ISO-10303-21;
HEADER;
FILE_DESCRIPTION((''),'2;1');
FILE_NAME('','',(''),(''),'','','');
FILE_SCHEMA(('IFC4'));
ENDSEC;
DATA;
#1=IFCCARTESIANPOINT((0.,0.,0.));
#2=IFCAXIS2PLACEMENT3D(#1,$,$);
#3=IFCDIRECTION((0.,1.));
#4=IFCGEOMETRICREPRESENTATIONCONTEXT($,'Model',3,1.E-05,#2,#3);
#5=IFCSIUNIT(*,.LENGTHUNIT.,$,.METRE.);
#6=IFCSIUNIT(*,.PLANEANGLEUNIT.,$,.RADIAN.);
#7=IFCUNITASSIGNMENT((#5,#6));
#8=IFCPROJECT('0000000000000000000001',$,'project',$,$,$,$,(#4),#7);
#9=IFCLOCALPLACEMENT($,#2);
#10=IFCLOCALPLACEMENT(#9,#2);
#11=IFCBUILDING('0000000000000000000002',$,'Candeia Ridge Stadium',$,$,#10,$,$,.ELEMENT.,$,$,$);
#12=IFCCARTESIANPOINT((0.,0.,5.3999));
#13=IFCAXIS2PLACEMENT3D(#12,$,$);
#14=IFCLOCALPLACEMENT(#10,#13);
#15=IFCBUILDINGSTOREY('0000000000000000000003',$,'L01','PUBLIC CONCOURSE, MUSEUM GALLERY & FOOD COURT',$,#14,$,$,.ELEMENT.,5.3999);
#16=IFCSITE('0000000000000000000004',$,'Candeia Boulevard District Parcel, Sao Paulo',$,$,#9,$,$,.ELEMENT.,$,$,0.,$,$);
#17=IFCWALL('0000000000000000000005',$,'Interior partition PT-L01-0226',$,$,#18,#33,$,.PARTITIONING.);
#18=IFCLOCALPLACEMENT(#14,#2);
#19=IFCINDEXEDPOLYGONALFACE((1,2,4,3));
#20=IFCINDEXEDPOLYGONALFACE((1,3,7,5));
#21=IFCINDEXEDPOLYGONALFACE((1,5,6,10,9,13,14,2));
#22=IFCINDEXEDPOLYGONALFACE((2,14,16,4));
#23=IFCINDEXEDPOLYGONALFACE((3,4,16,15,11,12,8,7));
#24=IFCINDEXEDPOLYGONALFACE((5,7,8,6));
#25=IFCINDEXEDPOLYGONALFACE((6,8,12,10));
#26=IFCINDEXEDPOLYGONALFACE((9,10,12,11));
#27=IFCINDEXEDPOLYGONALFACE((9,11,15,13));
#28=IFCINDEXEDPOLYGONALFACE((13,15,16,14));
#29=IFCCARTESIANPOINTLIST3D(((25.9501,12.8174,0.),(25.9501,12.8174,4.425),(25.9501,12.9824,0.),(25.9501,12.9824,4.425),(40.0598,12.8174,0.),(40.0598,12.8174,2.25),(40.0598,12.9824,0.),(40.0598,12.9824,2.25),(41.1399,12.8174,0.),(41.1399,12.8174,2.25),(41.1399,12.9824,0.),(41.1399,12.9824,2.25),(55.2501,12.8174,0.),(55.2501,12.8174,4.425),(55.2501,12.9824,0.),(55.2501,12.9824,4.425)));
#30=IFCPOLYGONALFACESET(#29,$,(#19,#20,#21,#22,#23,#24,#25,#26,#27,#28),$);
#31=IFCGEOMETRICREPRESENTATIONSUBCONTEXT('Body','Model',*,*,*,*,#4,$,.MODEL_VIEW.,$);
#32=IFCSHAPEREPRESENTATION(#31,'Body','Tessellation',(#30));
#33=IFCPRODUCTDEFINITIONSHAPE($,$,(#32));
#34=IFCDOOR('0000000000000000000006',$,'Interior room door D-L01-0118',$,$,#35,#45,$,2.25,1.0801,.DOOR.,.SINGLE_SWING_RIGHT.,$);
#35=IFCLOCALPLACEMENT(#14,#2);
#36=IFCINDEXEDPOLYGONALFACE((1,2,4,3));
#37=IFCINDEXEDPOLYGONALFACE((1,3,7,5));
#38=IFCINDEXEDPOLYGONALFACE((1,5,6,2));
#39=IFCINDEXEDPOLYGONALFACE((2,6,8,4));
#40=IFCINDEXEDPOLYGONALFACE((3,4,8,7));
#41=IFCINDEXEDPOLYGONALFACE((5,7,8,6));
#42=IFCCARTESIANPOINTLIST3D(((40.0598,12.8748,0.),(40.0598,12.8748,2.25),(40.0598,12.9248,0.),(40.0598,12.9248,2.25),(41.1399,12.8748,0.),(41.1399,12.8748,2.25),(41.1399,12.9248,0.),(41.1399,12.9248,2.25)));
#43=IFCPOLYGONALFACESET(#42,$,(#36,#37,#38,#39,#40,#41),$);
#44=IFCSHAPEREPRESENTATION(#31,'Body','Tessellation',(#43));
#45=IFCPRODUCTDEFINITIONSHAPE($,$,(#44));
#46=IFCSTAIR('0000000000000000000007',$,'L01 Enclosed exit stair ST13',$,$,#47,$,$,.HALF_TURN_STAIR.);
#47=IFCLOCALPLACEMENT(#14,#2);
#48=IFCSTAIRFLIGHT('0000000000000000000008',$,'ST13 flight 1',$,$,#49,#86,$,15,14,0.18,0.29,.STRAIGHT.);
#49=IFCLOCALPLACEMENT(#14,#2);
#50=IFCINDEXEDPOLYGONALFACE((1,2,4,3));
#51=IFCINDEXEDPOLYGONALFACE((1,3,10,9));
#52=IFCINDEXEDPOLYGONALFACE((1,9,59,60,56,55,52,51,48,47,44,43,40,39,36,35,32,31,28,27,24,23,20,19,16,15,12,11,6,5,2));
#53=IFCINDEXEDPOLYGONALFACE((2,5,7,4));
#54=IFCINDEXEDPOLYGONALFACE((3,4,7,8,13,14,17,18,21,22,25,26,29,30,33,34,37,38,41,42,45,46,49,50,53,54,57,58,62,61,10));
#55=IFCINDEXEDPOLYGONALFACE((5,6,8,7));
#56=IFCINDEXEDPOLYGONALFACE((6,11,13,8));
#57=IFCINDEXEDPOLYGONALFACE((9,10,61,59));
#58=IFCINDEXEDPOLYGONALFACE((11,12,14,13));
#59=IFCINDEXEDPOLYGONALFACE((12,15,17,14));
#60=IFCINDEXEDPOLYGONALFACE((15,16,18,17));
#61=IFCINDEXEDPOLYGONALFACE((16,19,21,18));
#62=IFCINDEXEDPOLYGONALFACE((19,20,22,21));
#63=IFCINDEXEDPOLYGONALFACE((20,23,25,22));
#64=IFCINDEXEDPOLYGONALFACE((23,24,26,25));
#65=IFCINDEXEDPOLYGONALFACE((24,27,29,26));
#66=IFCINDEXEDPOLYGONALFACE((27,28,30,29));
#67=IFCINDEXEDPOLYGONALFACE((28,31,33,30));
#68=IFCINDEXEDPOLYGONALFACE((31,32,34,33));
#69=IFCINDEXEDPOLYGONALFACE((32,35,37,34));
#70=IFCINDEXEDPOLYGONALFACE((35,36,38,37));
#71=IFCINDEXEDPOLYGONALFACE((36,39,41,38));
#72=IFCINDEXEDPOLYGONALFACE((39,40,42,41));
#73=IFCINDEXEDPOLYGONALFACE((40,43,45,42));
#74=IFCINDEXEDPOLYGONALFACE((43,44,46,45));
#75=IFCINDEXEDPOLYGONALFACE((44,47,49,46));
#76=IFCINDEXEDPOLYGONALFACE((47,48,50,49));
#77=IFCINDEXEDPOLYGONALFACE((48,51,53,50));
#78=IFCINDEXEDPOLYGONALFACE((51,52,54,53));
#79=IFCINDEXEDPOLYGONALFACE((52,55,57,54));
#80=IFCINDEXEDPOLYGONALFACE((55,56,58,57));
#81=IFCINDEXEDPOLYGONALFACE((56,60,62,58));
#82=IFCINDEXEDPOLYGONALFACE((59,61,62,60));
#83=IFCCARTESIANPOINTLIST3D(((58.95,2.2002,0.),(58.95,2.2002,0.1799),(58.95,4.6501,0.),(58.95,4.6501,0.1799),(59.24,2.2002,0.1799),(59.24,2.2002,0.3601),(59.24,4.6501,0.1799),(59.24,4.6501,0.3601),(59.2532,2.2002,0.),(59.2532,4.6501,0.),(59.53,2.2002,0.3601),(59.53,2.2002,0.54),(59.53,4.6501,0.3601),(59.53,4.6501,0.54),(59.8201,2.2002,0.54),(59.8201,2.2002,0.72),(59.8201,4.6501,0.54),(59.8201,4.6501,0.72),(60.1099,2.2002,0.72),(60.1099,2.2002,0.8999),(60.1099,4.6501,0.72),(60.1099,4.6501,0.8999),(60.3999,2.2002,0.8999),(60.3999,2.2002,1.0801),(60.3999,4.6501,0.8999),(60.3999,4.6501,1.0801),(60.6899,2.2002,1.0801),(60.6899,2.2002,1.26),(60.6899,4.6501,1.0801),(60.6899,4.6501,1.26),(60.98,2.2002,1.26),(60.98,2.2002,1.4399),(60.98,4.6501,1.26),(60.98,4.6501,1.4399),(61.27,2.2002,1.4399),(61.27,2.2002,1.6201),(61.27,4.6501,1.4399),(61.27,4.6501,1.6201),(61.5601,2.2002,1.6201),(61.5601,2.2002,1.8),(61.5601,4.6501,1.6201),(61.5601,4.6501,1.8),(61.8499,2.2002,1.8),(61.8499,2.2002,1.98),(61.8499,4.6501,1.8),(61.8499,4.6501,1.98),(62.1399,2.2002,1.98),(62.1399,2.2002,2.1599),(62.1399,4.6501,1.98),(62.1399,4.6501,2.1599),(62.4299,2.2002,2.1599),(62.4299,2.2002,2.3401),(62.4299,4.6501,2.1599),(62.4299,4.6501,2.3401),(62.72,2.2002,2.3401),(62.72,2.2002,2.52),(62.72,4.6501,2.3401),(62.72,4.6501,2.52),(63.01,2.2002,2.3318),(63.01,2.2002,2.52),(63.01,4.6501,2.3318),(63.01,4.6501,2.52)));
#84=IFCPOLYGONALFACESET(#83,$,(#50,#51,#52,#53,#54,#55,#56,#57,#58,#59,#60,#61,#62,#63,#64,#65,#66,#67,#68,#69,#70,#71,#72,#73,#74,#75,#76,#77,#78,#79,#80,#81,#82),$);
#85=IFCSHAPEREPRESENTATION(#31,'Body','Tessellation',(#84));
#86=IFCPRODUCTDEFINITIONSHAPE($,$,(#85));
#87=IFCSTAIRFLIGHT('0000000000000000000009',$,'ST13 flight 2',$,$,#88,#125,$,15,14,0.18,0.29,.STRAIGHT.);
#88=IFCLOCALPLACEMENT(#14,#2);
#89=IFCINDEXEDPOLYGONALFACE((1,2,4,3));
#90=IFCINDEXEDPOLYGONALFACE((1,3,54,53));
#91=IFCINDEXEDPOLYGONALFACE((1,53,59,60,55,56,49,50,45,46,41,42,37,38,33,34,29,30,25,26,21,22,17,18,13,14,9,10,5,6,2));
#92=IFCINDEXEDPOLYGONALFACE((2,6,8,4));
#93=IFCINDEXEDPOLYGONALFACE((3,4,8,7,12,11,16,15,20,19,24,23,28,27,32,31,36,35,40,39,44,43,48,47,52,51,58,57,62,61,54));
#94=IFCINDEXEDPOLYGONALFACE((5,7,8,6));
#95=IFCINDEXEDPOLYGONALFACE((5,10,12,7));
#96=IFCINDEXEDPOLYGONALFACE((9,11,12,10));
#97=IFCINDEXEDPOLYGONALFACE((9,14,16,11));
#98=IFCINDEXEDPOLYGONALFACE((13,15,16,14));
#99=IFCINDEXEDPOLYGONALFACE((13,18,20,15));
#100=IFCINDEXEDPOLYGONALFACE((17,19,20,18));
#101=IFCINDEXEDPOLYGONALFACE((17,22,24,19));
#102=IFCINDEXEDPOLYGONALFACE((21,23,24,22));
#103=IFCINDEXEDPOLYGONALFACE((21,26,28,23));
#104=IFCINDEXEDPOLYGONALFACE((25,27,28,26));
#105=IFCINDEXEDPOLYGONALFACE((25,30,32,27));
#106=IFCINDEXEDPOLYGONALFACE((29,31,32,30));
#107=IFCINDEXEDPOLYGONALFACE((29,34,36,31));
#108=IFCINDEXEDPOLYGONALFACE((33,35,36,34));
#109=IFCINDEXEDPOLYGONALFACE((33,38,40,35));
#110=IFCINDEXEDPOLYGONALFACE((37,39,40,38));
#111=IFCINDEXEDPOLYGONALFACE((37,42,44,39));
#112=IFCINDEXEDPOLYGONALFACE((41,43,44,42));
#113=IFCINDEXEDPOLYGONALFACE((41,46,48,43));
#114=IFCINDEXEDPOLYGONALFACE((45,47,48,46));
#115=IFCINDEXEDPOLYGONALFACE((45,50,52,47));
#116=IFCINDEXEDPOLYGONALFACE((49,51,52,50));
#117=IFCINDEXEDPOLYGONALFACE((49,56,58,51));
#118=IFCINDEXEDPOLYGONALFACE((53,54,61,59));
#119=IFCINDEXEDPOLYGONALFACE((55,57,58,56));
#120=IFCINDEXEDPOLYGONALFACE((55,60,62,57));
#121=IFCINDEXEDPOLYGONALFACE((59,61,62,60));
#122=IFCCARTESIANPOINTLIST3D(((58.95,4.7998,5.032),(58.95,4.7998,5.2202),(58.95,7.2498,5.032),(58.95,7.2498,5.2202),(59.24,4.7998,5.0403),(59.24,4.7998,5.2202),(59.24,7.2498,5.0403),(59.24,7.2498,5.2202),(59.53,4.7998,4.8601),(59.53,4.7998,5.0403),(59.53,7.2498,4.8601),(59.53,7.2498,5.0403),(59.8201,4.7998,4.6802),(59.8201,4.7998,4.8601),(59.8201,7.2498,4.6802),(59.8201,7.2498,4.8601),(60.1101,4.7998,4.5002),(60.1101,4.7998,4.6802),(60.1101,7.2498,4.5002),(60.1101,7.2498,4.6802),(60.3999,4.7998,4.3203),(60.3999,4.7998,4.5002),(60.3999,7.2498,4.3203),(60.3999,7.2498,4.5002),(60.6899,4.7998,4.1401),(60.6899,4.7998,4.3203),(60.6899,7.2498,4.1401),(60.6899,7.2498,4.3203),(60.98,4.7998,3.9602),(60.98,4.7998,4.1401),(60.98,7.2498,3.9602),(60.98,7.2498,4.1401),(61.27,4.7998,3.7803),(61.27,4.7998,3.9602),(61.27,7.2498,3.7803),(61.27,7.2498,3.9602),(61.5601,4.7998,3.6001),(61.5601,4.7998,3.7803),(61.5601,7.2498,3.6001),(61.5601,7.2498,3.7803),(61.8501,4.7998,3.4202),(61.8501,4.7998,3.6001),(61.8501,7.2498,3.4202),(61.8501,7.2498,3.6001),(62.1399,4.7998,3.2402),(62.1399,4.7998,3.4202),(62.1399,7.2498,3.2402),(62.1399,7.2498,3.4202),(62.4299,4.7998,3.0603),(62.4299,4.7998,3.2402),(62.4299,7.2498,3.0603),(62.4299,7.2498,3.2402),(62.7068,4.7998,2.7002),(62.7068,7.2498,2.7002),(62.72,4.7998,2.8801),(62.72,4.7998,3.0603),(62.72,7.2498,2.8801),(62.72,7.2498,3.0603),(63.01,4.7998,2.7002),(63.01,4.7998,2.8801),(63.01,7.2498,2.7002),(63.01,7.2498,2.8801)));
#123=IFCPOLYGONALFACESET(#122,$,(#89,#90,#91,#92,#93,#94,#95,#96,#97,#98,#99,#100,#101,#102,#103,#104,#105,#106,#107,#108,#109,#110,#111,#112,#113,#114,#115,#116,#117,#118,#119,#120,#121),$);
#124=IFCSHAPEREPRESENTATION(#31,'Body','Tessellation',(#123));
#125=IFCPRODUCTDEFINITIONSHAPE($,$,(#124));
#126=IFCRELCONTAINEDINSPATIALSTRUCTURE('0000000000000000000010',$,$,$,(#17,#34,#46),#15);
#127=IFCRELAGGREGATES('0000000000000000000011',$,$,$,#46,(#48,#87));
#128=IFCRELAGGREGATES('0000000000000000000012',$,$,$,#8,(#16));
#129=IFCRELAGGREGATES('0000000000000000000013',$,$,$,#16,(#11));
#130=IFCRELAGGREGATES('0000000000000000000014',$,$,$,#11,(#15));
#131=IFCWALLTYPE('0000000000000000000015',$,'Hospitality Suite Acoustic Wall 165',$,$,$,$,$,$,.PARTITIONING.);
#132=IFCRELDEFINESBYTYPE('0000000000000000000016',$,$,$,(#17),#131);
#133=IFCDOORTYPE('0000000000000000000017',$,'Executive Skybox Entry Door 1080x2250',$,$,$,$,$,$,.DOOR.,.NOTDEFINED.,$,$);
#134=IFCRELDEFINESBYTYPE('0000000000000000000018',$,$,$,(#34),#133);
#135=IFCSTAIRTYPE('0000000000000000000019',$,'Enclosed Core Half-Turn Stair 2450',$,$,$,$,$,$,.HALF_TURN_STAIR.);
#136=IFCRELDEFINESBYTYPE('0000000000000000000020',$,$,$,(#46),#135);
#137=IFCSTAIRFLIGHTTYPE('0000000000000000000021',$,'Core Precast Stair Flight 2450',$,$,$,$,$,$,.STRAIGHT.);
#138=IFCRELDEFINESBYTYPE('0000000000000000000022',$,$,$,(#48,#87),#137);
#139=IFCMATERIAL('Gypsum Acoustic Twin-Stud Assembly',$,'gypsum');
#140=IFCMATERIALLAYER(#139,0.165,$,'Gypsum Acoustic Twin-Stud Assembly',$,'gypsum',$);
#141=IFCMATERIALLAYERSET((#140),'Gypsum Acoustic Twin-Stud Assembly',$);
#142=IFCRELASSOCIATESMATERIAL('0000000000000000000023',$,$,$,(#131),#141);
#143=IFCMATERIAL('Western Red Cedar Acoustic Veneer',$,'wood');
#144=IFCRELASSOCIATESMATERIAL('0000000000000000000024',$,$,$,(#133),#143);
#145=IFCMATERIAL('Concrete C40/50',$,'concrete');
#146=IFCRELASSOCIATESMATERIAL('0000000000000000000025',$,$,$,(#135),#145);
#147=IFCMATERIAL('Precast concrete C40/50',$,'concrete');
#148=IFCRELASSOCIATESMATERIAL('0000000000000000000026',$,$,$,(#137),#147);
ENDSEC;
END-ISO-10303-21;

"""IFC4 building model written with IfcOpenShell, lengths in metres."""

from ifc_helpers import new_model, si_unit, direction, frame, frame_2d, origin, place, context, subcontext, project, spatial, polyline, rectangle, outline, extrude, material, layer, layer_set, type_object, element, fill, aggregate, save


model = new_model("IFC4")

# Units and contexts
model_context = context("Model", 3, precision=1e-05, world=origin(), true_north=direction((0.0, 1.0)))
body_context = subcontext(model_context, "Body", "Model", "MODEL_VIEW")
ifc_project = project(units=[si_unit("LENGTHUNIT", "METRE"), si_unit("PLANEANGLEUNIT", "RADIAN")], contexts=[model_context])

# Site, building, storey
site_placement = place(None, origin())
site = spatial("IfcSite", under=ifc_project, at=site_placement, Name="Candeia Boulevard District Parcel, Sao Paulo", CompositionType="ELEMENT", RefElevation=0.0)
building_placement = place(site_placement, origin())
building = spatial("IfcBuilding", under=site, at=building_placement, Name="Candeia Ridge Stadium", CompositionType="ELEMENT")
storey_placement = place(building_placement, frame((0.0, 0.0, 5.3999)))
storey = spatial("IfcBuildingStorey", under=building, at=storey_placement, Name="L01", Description="PUBLIC CONCOURSE, MUSEUM GALLERY & FOOD COURT", CompositionType="ELEMENT", Elevation=5.3999)

# Shared definitions
ifc_material_1 = material(Name="Concrete C40/50", Category="concrete")

# Wall, opening, door
ifc_material_2 = material(Name="Gypsum Acoustic Twin-Stud Assembly", Category="gypsum")
ifc_layer_1 = layer(ifc_material_2, 0.165, Name="Gypsum Acoustic Twin-Stud Assembly", Category="gypsum")
ifc_layer_set_1 = layer_set([ifc_layer_1], Name="Gypsum Acoustic Twin-Stud Assembly")
wall_type_1 = type_object("IfcWallType", Name="Hospitality Suite Acoustic Wall 165", PredefinedType="PARTITIONING", material=ifc_layer_set_1)
wall_1_placement = place(storey_placement, frame((55.25, 12.8999, 0.0), z_axis=(0.0, 0.0, 1.0), x_axis=(-1.0, 0.0, 0.0)))
wall_1 = element("IfcWall", 1, at=wall_1_placement, inside=storey, type_object=wall_type_1, Name="Interior partition PT-L01-0226", PredefinedType="PARTITIONING", context=body_context, shape_type="SweptSolid", body=[
    extrude(rectangle(XDim=29.3, YDim=0.165, at=frame_2d((14.6499, 0.0))), origin(), (0.0, 0.0, 1.0), 4.425),
])
opening_1_placement = place(wall_1_placement, frame((14.1101, 0.0, 0.0)))
opening_1 = element("IfcOpeningElement", 2, at=opening_1_placement, cuts=wall_1, PredefinedType="OPENING", context=body_context, shape_type="SweptSolid", body=[
    extrude(rectangle(XDim=1.0801, YDim=2.25, at=frame_2d((0.54, 1.125))), frame((0.0, 0.0925, 0.0), z_axis=(0.0, -1.0, 0.0), x_axis=(1.0, 0.0, 0.0)), (0.0, 0.0, 1.0), 0.1851),
])
ifc_material_3 = material(Name="Western Red Cedar Acoustic Veneer", Category="wood")
door_type_1 = type_object("IfcDoorType", Name="Executive Skybox Entry Door 1080x2250", OperationType="NOTDEFINED", PredefinedType="DOOR", material=ifc_material_3)
door_1_placement = place(opening_1_placement, frame((1.0801, 0.0, 0.0), z_axis=(0.0, 0.0, 1.0), x_axis=(-1.0, 0.0, 0.0)))
door_1 = element("IfcDoor", 3, at=door_1_placement, inside=storey, type_object=door_type_1, Name="Interior room door D-L01-0118", OperationType="SINGLE_SWING_RIGHT", OverallHeight=2.25, OverallWidth=1.0801, PredefinedType="DOOR", context=body_context, shape_type="SweptSolid", body=[
    extrude(rectangle(XDim=1.0801, YDim=2.25, at=frame_2d((0.54, 1.125))), frame((0.0, 0.0249, 0.0), z_axis=(0.0, -1.0, 0.0), x_axis=(1.0, 0.0, 0.0)), (0.0, 0.0, 1.0), 0.05),
])
fill(opening_1, door_1)

# Stair, stair flights
stair_type = type_object("IfcStairType", Name="Enclosed Core Half-Turn Stair 2450", PredefinedType="HALF_TURN_STAIR", material=ifc_material_1)
stair_placement = place(storey_placement, origin())
stair = element("IfcStair", 4, at=stair_placement, inside=storey, type_object=stair_type, Name="L01 Enclosed exit stair ST13", PredefinedType="HALF_TURN_STAIR")
ifc_material_4 = material(Name="Precast concrete C40/50", Category="concrete")
stair_flight_type = type_object("IfcStairFlightType", Name="Core Precast Stair Flight 2450", PredefinedType="STRAIGHT", material=ifc_material_4)
stair_flight_1_placement = place(storey_placement, frame((58.95, 3.425, 0.0), z_axis=(0.0, 0.0, 1.0), x_axis=(1.0, 0.0, 0.0)))
stair_flight_1 = element("IfcStairFlight", 5, at=stair_flight_1_placement, type_object=stair_flight_type, Name="ST13 flight 1", NumberOfRisers=15, NumberOfTreads=14, PredefinedType="STRAIGHT", RiserHeight=0.18, TreadLength=0.29, context=body_context, shape_type="SweptSolid", body=[
    extrude(outline(polyline([(0.0, 0.0), (0.0, 0.1799), (0.29, 0.1799), (0.29, 0.3601), (0.5801, 0.3601), (0.5801, 0.54), (0.8701, 0.54), (0.8701, 0.72), (1.1599, 0.72), (1.1599, 0.8999), (1.45, 0.8999), (1.45, 1.0801), (1.74, 1.0801), (1.74, 1.26), (2.03, 1.26), (2.03, 1.4399), (2.3201, 1.4399), (2.3201, 1.6201), (2.6101, 1.6201), (2.6101, 1.8), (2.8999, 1.8), (2.8999, 1.98), (3.1899, 1.98), (3.1899, 2.1599), (3.48, 2.1599), (3.48, 2.3401), (3.77, 2.3401), (3.77, 2.52), (4.0601, 2.52), (4.0601, 2.7), (4.0601, 2.3318), (0.3032, 0.0), (0.0, 0.0)])), frame((0.0, 1.2251, 0.0), z_axis=(0.0, -1.0, 0.0), x_axis=(1.0, 0.0, 0.0)), (0.0, 0.0, 1.0), 2.45),
])
stair_flight_2_placement = place(storey_placement, frame((63.01, 6.0249, 2.7002), z_axis=(0.0, 0.0, 1.0), x_axis=(-1.0, 0.0, 0.0)))
stair_flight_2 = element("IfcStairFlight", 6, at=stair_flight_2_placement, type_object=stair_flight_type, Name="ST13 flight 2", NumberOfRisers=15, NumberOfTreads=14, PredefinedType="STRAIGHT", RiserHeight=0.18, TreadLength=0.29, context=body_context, shape_type="SweptSolid", body=[
    extrude(outline(polyline([(0.0, 0.0), (0.0, 0.1799), (0.29, 0.1799), (0.29, 0.3601), (0.5801, 0.3601), (0.5801, 0.54), (0.8701, 0.54), (0.8701, 0.72), (1.1599, 0.72), (1.1599, 0.8999), (1.45, 0.8999), (1.45, 1.0801), (1.74, 1.0801), (1.74, 1.26), (2.03, 1.26), (2.03, 1.4399), (2.3201, 1.4399), (2.3201, 1.6201), (2.6101, 1.6201), (2.6101, 1.8), (2.8999, 1.8), (2.8999, 1.98), (3.1899, 1.98), (3.1899, 2.1599), (3.48, 2.1599), (3.48, 2.3401), (3.77, 2.3401), (3.77, 2.52), (4.0601, 2.52), (4.0601, 2.7), (4.0601, 2.3318), (0.3032, 0.0), (0.0, 0.0)])), frame((0.0, 1.2251, 0.0), z_axis=(0.0, -1.0, 0.0), x_axis=(1.0, 0.0, 0.0)), (0.0, 0.0, 1.0), 2.45),
])
aggregate(stair, [stair_flight_1, stair_flight_2])

save(model, "model.ifc")
